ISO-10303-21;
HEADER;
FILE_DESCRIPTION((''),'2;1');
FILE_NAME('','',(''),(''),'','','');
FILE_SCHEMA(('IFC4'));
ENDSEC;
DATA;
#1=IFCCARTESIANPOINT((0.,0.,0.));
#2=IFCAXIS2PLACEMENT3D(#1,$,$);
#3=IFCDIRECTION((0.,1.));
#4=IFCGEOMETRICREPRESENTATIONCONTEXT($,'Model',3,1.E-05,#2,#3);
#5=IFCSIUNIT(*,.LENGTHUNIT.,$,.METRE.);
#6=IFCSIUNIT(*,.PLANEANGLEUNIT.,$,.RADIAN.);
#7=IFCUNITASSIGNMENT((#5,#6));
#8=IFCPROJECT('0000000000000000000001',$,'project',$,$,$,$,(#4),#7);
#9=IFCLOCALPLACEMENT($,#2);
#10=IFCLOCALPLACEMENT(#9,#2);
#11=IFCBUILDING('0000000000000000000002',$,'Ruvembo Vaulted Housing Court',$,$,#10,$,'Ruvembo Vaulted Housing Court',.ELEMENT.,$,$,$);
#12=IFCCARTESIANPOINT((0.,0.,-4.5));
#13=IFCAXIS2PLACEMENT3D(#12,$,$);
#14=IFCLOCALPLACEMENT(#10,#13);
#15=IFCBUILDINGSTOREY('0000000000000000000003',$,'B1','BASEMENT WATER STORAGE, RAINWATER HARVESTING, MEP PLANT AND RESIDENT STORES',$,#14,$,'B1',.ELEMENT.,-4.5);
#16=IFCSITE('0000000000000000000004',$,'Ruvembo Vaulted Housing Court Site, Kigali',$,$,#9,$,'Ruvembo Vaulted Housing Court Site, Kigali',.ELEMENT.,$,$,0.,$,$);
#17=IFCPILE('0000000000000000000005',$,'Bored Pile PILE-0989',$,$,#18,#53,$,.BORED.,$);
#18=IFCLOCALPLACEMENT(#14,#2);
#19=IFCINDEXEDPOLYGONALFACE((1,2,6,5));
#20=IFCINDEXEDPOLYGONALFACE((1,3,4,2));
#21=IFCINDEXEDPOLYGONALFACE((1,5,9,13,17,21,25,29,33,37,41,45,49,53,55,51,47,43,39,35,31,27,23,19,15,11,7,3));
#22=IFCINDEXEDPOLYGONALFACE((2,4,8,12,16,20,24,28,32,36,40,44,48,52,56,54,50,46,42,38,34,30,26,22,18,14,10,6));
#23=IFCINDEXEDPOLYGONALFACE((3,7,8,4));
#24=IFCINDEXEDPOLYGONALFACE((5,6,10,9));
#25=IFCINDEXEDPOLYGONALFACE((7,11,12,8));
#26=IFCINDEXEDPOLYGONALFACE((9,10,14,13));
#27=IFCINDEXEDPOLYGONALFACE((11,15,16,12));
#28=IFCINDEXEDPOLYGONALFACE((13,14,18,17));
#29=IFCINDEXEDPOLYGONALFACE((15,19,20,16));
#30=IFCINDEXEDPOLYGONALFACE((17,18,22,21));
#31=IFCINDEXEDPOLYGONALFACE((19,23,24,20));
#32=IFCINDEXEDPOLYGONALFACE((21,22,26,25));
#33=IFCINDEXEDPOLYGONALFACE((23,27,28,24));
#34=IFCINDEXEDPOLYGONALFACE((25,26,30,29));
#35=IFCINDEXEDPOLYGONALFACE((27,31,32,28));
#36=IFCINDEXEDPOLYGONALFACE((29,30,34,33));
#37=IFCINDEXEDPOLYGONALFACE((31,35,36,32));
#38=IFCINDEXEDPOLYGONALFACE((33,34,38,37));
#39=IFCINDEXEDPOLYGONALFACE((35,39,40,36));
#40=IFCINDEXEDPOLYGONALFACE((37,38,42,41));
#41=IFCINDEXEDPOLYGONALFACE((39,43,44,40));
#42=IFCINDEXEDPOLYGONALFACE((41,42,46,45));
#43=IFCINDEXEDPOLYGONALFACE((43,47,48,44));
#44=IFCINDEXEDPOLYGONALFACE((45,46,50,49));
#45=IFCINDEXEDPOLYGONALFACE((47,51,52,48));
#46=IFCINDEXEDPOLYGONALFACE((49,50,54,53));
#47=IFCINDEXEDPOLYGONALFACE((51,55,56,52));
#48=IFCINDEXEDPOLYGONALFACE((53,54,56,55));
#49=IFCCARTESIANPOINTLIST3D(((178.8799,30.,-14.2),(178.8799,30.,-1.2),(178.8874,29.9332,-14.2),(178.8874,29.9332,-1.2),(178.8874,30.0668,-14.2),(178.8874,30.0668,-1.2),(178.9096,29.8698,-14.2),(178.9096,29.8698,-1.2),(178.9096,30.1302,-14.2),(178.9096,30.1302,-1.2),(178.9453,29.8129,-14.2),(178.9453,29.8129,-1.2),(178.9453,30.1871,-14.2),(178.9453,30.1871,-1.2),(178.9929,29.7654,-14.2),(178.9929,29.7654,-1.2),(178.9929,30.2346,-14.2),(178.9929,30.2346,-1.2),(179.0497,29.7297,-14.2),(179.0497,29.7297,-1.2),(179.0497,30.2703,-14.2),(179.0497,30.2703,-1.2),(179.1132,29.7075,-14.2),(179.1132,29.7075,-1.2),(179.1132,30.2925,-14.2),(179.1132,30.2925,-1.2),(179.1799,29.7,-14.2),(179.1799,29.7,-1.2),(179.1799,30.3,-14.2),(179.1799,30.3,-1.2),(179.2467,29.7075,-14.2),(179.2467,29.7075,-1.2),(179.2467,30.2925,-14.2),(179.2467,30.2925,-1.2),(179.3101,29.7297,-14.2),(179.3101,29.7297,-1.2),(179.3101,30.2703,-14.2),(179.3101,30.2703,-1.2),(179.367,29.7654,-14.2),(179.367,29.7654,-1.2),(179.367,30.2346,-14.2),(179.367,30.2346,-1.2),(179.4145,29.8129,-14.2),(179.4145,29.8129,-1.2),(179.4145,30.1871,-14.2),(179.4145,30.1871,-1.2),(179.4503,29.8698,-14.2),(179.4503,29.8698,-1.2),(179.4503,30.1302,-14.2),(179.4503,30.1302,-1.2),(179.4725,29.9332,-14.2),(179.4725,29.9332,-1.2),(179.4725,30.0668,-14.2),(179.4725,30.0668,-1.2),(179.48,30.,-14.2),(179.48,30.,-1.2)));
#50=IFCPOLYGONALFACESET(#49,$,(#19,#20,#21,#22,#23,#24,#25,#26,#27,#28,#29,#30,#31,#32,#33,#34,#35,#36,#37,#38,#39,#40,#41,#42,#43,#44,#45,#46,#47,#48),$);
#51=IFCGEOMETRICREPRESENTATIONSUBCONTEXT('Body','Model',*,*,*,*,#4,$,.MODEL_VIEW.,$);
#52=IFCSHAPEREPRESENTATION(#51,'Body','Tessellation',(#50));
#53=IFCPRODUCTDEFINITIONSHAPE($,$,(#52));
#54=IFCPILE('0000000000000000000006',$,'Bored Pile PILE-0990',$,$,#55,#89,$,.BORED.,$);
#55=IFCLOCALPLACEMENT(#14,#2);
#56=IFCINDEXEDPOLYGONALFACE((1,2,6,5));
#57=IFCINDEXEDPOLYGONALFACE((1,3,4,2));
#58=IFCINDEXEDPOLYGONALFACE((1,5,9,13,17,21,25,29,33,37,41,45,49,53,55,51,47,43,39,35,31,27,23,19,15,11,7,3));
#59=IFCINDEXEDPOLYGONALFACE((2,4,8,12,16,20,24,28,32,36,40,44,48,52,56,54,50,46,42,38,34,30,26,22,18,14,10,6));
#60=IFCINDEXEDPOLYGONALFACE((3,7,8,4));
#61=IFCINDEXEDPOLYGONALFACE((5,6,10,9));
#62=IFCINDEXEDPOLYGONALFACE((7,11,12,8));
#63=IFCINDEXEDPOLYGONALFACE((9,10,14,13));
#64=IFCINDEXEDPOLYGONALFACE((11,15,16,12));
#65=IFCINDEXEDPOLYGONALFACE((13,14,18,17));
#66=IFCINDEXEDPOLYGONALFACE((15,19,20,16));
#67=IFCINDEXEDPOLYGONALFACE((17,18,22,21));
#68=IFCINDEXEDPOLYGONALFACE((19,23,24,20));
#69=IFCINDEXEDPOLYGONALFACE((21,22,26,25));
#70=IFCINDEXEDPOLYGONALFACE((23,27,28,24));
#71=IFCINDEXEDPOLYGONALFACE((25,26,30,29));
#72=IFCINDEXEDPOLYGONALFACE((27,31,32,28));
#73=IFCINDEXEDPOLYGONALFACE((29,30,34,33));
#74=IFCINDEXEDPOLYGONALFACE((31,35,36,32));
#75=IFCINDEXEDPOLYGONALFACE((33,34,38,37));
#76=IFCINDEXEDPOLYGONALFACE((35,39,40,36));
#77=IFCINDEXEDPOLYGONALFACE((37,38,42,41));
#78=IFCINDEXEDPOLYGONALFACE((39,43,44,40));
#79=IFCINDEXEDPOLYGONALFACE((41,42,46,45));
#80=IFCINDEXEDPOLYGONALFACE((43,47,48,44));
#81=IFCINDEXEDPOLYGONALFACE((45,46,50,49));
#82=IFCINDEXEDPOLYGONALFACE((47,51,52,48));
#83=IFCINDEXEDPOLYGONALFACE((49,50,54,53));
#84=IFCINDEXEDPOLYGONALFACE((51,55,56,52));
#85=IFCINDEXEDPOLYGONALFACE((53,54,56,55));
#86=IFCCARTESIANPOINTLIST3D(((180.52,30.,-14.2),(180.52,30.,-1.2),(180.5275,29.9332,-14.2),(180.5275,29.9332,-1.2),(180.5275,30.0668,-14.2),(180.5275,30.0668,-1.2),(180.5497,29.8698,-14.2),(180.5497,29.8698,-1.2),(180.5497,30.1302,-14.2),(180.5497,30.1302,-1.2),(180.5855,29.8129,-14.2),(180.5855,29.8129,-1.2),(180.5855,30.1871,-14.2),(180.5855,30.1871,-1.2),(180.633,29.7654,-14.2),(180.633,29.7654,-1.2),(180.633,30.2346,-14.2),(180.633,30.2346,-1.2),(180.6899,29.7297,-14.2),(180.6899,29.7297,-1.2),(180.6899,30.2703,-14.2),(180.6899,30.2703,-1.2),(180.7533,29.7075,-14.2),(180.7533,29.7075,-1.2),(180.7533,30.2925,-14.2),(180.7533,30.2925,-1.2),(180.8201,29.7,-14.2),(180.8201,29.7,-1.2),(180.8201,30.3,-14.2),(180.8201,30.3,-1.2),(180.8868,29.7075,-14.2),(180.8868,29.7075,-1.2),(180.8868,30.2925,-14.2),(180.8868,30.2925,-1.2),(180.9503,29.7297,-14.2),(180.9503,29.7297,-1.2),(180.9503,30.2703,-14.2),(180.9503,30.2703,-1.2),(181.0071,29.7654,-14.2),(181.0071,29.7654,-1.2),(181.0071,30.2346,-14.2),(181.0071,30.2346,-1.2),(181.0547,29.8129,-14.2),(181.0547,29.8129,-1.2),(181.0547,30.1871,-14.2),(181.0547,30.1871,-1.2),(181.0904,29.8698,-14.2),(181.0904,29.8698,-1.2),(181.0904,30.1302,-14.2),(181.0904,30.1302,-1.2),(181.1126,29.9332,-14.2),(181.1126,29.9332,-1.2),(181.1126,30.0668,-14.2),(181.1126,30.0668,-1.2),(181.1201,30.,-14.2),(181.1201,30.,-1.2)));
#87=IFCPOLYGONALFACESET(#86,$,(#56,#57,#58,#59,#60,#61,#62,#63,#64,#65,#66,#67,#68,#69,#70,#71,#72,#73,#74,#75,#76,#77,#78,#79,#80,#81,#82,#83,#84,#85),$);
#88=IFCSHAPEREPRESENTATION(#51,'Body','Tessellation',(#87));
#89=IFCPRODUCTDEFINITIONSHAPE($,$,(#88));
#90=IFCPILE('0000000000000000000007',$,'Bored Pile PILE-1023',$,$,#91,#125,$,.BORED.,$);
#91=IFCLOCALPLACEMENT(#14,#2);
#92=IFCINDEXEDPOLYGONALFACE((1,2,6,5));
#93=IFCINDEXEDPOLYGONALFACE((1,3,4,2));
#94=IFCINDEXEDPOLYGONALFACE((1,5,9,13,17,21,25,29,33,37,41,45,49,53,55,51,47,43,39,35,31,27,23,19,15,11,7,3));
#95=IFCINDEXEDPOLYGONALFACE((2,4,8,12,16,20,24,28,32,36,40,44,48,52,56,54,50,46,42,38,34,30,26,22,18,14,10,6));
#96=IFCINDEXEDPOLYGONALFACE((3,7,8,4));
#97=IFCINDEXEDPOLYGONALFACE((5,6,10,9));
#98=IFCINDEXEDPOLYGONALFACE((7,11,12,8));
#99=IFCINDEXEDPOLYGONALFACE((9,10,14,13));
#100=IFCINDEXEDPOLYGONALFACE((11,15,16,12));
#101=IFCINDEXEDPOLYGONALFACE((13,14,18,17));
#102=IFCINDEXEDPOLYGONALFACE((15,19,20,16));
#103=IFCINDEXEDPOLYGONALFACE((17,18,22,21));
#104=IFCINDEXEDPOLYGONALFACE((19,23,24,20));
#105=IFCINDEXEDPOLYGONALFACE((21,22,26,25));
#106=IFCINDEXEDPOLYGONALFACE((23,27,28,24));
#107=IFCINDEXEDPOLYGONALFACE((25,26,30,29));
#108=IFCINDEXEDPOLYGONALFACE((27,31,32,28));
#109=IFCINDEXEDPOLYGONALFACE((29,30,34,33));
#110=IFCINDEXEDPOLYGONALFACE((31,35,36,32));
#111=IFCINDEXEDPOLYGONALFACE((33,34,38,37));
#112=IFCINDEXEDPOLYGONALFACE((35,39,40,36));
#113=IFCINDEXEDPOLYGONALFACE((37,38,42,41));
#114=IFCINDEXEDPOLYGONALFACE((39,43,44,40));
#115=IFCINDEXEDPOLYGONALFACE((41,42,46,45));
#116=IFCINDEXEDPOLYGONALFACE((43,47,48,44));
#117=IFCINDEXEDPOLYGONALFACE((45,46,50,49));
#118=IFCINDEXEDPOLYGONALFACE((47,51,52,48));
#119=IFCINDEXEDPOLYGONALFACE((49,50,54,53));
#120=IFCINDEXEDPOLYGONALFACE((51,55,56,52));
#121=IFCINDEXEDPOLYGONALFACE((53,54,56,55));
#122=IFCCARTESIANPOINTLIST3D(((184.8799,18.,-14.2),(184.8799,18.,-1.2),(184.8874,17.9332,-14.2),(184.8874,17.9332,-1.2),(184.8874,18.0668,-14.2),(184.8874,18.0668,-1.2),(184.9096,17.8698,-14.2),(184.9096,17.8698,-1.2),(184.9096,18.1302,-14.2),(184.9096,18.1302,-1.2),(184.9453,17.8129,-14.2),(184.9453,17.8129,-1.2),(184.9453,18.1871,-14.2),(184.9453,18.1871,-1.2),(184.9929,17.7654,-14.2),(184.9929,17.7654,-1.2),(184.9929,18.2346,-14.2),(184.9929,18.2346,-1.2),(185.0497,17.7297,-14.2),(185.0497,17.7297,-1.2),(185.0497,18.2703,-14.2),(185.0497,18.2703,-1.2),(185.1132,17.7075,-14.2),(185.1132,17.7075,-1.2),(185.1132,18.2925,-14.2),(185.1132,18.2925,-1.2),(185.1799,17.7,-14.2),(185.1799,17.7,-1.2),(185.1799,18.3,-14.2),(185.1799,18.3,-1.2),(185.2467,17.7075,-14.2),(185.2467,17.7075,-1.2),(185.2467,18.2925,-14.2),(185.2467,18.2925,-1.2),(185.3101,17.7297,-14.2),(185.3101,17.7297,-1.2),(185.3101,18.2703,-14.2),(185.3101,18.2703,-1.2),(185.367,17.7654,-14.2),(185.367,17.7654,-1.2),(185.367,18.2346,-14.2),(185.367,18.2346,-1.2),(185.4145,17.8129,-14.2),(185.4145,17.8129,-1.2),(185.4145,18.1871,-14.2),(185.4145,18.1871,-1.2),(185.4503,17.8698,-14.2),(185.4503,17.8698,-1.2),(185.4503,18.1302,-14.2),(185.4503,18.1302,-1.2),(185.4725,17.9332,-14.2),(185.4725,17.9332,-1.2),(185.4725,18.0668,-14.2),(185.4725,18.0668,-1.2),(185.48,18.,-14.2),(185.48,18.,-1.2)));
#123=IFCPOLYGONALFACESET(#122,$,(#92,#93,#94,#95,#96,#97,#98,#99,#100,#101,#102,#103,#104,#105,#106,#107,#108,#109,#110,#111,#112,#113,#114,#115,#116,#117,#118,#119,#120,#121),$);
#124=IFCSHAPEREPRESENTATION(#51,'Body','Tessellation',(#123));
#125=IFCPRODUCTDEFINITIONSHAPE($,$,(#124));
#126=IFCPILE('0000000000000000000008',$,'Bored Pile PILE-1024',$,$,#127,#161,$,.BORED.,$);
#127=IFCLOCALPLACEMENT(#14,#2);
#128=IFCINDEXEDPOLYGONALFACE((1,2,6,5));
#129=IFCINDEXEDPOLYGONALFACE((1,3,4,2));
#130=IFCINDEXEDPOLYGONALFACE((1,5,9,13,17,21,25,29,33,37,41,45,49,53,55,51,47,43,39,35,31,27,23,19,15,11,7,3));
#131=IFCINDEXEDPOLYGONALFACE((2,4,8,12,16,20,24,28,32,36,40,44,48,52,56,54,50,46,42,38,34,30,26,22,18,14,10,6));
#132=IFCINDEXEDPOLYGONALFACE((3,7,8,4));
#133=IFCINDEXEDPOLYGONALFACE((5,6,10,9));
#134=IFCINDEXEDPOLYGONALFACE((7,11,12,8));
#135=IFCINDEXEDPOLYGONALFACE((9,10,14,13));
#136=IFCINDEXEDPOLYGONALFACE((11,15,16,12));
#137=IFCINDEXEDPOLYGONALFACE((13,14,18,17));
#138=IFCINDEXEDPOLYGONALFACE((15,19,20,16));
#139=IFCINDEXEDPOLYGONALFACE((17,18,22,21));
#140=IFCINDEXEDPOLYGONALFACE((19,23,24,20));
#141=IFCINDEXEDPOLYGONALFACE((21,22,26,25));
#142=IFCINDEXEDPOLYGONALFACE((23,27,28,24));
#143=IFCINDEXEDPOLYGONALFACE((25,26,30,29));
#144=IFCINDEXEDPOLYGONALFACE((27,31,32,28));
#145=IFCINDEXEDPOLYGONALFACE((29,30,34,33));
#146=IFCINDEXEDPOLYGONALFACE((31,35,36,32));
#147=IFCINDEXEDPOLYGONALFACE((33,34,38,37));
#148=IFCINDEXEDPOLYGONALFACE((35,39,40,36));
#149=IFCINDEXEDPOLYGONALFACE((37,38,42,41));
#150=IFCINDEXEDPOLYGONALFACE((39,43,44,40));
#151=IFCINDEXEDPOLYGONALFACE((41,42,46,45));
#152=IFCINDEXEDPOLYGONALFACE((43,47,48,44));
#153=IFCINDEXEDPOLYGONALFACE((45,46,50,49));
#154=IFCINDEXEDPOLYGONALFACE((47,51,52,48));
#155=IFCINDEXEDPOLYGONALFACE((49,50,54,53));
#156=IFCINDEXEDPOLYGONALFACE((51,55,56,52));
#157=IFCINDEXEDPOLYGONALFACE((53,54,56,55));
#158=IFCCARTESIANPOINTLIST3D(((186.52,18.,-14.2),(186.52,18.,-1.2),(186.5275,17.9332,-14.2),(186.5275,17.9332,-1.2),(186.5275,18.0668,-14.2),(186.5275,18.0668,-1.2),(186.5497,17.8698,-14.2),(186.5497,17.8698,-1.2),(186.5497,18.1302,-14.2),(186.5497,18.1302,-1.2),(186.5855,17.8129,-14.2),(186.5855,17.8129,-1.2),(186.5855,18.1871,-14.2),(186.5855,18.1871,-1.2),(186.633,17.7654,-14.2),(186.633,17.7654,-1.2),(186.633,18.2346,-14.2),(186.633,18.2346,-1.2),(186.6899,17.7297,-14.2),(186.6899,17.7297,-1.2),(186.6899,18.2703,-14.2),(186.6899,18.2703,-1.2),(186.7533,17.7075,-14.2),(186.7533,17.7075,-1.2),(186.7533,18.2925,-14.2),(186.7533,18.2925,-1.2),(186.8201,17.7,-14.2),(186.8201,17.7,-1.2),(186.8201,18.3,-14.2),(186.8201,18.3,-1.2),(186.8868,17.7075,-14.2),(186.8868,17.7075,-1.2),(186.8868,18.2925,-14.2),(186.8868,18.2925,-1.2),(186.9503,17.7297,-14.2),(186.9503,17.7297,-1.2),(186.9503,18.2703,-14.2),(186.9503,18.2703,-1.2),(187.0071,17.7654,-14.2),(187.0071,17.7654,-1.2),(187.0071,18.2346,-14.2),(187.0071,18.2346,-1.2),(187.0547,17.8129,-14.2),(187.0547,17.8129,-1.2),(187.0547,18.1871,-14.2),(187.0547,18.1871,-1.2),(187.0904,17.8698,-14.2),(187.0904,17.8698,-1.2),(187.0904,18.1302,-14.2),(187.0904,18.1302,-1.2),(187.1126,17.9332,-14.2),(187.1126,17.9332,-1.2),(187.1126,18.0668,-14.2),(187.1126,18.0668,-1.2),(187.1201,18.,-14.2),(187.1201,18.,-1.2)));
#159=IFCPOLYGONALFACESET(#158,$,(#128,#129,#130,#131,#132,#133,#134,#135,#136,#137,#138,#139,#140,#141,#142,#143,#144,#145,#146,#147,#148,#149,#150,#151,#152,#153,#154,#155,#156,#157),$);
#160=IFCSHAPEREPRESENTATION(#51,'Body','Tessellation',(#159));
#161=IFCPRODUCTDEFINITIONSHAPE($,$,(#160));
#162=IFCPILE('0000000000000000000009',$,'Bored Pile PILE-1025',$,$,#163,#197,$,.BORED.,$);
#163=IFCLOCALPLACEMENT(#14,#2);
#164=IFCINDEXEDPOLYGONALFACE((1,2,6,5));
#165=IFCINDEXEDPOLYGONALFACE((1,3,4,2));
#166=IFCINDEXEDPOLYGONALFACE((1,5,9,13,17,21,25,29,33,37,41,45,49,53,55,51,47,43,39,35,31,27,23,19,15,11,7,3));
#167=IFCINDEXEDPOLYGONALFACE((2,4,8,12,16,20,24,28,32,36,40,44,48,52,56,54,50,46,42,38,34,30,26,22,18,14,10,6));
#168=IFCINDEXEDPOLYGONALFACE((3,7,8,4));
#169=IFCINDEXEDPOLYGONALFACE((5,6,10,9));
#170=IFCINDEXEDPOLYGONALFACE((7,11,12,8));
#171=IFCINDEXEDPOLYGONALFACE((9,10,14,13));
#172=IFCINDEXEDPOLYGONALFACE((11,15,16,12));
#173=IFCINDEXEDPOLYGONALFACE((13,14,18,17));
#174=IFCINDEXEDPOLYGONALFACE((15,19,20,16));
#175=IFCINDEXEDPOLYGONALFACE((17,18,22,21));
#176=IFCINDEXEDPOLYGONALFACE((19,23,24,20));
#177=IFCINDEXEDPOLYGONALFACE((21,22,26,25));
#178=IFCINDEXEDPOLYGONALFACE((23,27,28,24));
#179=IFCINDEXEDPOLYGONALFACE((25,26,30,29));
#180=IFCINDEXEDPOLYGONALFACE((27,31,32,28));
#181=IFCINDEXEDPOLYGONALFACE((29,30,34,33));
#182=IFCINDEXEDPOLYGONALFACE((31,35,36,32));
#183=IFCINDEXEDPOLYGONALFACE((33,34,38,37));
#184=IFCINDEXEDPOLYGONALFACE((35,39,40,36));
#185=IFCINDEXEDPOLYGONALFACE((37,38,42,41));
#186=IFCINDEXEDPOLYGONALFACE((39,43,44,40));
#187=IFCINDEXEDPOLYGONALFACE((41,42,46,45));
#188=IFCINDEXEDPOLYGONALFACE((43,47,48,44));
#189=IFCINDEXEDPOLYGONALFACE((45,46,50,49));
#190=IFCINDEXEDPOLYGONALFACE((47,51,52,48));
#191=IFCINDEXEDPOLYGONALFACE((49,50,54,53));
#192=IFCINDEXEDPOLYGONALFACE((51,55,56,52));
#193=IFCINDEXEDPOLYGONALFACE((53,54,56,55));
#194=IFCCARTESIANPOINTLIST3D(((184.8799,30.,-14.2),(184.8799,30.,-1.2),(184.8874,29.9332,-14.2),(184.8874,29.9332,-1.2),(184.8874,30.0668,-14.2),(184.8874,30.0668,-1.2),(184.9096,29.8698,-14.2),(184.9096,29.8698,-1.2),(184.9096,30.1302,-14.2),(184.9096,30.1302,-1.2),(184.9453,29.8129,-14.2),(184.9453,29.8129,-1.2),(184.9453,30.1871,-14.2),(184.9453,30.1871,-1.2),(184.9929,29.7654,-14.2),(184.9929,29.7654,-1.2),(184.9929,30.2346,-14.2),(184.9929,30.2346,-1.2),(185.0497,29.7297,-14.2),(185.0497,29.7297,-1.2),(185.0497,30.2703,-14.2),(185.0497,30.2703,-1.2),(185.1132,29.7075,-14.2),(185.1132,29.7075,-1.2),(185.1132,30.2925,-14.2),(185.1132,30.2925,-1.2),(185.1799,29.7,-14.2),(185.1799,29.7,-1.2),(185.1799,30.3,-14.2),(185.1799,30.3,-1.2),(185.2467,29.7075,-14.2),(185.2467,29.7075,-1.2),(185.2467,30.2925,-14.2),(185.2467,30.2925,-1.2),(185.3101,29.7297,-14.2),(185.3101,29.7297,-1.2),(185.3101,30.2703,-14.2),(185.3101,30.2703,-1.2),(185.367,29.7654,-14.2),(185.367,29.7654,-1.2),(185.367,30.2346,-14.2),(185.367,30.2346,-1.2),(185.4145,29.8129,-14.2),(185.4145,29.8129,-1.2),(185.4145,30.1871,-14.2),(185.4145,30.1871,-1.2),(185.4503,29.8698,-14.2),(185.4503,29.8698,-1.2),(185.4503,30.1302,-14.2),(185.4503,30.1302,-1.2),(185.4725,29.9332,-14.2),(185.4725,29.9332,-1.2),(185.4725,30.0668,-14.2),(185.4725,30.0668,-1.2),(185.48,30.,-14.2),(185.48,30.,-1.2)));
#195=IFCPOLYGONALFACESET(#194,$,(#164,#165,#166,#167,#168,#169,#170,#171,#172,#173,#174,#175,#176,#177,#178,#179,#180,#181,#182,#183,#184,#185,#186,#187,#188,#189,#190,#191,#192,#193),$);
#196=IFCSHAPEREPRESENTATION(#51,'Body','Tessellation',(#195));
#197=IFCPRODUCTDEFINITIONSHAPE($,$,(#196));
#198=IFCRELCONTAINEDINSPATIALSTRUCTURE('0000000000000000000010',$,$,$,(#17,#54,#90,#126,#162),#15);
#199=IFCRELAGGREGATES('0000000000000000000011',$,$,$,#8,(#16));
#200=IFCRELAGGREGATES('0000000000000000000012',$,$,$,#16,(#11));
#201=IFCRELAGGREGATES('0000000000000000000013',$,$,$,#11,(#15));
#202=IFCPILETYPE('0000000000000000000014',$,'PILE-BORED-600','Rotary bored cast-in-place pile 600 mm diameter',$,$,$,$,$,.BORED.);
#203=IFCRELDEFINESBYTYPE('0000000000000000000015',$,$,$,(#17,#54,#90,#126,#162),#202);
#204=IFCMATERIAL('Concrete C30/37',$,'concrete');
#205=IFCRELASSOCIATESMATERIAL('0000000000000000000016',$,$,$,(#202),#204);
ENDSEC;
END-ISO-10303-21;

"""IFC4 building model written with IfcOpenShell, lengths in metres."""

from ifc_helpers import new_model, si_unit, direction, frame, origin, origin_2d, place, context, subcontext, project, spatial, circle, extrude, material, material_profile, profile_set, type_object, element, save


model = new_model("IFC4")

# Units and contexts
model_context = context("Model", 3, precision=1e-05, world=origin(), true_north=direction((0.0, 1.0)))
body_context = subcontext(model_context, "Body", "Model", "MODEL_VIEW")
ifc_project = project(units=[si_unit("LENGTHUNIT", "METRE"), si_unit("PLANEANGLEUNIT", "RADIAN")], contexts=[model_context])

# Site, building, storey
site_placement = place(None, origin())
site = spatial("IfcSite", under=ifc_project, at=site_placement, Name="Ruvembo Vaulted Housing Court Site, Kigali", LongName="Ruvembo Vaulted Housing Court Site, Kigali", CompositionType="ELEMENT", RefElevation=0.0)
building_placement = place(site_placement, origin())
building = spatial("IfcBuilding", under=site, at=building_placement, Name="Ruvembo Vaulted Housing Court", LongName="Ruvembo Vaulted Housing Court", CompositionType="ELEMENT")
storey_placement = place(building_placement, frame((0.0, 0.0, -4.5)))
storey = spatial("IfcBuildingStorey", under=building, at=storey_placement, Name="B1", Description="BASEMENT WATER STORAGE, RAINWATER HARVESTING, MEP PLANT AND RESIDENT STORES", LongName="B1", CompositionType="ELEMENT", Elevation=-4.5)

# Piles
ifc_material_1 = material(Name="Concrete C30/37", Category="concrete")
ifc_material_profile_1 = material_profile(ifc_material_1, circle(Radius=0.3, at=origin_2d()), Name="PILE D600")
ifc_profile_set_1 = profile_set([ifc_material_profile_1], Name="Concrete C30/37")
pile_type = type_object("IfcPileType", Name="PILE-BORED-600", Description="Rotary bored cast-in-place pile 600 mm diameter", PredefinedType="BORED", material=ifc_profile_set_1)
for number, where, z_axis, x_axis, name in (
    (1, (179.1799, 30.0, -1.2), (0.0, 0.0, -1.0), (1.0, 0.0, 0.0), "Bored Pile PILE-0989"),
    (2, (180.8201, 30.0, -1.2), (0.0, 0.0, -1.0), (1.0, 0.0, 0.0), "Bored Pile PILE-0990"),
    (3, (185.1799, 18.0, -1.2), (0.0, 0.0, -1.0), (1.0, 0.0, 0.0), "Bored Pile PILE-1023"),
    (4, (186.8201, 18.0, -1.2), (0.0, 0.0, -1.0), (1.0, 0.0, 0.0), "Bored Pile PILE-1024"),
    (5, (185.1799, 30.0, -1.2), (0.0, 0.0, -1.0), (1.0, 0.0, 0.0), "Bored Pile PILE-1025"),
):
    element("IfcPile", number, at=place(storey_placement, frame(where, z_axis=z_axis, x_axis=x_axis)), inside=storey, type_object=pile_type, Name=name, PredefinedType="BORED", context=body_context, shape_type="SweptSolid", body=[
        extrude(circle(Radius=0.3, at=origin_2d()), origin(), (0.0, 0.0, 1.0), 13.0),
    ])

save(model, "model.ifc")
